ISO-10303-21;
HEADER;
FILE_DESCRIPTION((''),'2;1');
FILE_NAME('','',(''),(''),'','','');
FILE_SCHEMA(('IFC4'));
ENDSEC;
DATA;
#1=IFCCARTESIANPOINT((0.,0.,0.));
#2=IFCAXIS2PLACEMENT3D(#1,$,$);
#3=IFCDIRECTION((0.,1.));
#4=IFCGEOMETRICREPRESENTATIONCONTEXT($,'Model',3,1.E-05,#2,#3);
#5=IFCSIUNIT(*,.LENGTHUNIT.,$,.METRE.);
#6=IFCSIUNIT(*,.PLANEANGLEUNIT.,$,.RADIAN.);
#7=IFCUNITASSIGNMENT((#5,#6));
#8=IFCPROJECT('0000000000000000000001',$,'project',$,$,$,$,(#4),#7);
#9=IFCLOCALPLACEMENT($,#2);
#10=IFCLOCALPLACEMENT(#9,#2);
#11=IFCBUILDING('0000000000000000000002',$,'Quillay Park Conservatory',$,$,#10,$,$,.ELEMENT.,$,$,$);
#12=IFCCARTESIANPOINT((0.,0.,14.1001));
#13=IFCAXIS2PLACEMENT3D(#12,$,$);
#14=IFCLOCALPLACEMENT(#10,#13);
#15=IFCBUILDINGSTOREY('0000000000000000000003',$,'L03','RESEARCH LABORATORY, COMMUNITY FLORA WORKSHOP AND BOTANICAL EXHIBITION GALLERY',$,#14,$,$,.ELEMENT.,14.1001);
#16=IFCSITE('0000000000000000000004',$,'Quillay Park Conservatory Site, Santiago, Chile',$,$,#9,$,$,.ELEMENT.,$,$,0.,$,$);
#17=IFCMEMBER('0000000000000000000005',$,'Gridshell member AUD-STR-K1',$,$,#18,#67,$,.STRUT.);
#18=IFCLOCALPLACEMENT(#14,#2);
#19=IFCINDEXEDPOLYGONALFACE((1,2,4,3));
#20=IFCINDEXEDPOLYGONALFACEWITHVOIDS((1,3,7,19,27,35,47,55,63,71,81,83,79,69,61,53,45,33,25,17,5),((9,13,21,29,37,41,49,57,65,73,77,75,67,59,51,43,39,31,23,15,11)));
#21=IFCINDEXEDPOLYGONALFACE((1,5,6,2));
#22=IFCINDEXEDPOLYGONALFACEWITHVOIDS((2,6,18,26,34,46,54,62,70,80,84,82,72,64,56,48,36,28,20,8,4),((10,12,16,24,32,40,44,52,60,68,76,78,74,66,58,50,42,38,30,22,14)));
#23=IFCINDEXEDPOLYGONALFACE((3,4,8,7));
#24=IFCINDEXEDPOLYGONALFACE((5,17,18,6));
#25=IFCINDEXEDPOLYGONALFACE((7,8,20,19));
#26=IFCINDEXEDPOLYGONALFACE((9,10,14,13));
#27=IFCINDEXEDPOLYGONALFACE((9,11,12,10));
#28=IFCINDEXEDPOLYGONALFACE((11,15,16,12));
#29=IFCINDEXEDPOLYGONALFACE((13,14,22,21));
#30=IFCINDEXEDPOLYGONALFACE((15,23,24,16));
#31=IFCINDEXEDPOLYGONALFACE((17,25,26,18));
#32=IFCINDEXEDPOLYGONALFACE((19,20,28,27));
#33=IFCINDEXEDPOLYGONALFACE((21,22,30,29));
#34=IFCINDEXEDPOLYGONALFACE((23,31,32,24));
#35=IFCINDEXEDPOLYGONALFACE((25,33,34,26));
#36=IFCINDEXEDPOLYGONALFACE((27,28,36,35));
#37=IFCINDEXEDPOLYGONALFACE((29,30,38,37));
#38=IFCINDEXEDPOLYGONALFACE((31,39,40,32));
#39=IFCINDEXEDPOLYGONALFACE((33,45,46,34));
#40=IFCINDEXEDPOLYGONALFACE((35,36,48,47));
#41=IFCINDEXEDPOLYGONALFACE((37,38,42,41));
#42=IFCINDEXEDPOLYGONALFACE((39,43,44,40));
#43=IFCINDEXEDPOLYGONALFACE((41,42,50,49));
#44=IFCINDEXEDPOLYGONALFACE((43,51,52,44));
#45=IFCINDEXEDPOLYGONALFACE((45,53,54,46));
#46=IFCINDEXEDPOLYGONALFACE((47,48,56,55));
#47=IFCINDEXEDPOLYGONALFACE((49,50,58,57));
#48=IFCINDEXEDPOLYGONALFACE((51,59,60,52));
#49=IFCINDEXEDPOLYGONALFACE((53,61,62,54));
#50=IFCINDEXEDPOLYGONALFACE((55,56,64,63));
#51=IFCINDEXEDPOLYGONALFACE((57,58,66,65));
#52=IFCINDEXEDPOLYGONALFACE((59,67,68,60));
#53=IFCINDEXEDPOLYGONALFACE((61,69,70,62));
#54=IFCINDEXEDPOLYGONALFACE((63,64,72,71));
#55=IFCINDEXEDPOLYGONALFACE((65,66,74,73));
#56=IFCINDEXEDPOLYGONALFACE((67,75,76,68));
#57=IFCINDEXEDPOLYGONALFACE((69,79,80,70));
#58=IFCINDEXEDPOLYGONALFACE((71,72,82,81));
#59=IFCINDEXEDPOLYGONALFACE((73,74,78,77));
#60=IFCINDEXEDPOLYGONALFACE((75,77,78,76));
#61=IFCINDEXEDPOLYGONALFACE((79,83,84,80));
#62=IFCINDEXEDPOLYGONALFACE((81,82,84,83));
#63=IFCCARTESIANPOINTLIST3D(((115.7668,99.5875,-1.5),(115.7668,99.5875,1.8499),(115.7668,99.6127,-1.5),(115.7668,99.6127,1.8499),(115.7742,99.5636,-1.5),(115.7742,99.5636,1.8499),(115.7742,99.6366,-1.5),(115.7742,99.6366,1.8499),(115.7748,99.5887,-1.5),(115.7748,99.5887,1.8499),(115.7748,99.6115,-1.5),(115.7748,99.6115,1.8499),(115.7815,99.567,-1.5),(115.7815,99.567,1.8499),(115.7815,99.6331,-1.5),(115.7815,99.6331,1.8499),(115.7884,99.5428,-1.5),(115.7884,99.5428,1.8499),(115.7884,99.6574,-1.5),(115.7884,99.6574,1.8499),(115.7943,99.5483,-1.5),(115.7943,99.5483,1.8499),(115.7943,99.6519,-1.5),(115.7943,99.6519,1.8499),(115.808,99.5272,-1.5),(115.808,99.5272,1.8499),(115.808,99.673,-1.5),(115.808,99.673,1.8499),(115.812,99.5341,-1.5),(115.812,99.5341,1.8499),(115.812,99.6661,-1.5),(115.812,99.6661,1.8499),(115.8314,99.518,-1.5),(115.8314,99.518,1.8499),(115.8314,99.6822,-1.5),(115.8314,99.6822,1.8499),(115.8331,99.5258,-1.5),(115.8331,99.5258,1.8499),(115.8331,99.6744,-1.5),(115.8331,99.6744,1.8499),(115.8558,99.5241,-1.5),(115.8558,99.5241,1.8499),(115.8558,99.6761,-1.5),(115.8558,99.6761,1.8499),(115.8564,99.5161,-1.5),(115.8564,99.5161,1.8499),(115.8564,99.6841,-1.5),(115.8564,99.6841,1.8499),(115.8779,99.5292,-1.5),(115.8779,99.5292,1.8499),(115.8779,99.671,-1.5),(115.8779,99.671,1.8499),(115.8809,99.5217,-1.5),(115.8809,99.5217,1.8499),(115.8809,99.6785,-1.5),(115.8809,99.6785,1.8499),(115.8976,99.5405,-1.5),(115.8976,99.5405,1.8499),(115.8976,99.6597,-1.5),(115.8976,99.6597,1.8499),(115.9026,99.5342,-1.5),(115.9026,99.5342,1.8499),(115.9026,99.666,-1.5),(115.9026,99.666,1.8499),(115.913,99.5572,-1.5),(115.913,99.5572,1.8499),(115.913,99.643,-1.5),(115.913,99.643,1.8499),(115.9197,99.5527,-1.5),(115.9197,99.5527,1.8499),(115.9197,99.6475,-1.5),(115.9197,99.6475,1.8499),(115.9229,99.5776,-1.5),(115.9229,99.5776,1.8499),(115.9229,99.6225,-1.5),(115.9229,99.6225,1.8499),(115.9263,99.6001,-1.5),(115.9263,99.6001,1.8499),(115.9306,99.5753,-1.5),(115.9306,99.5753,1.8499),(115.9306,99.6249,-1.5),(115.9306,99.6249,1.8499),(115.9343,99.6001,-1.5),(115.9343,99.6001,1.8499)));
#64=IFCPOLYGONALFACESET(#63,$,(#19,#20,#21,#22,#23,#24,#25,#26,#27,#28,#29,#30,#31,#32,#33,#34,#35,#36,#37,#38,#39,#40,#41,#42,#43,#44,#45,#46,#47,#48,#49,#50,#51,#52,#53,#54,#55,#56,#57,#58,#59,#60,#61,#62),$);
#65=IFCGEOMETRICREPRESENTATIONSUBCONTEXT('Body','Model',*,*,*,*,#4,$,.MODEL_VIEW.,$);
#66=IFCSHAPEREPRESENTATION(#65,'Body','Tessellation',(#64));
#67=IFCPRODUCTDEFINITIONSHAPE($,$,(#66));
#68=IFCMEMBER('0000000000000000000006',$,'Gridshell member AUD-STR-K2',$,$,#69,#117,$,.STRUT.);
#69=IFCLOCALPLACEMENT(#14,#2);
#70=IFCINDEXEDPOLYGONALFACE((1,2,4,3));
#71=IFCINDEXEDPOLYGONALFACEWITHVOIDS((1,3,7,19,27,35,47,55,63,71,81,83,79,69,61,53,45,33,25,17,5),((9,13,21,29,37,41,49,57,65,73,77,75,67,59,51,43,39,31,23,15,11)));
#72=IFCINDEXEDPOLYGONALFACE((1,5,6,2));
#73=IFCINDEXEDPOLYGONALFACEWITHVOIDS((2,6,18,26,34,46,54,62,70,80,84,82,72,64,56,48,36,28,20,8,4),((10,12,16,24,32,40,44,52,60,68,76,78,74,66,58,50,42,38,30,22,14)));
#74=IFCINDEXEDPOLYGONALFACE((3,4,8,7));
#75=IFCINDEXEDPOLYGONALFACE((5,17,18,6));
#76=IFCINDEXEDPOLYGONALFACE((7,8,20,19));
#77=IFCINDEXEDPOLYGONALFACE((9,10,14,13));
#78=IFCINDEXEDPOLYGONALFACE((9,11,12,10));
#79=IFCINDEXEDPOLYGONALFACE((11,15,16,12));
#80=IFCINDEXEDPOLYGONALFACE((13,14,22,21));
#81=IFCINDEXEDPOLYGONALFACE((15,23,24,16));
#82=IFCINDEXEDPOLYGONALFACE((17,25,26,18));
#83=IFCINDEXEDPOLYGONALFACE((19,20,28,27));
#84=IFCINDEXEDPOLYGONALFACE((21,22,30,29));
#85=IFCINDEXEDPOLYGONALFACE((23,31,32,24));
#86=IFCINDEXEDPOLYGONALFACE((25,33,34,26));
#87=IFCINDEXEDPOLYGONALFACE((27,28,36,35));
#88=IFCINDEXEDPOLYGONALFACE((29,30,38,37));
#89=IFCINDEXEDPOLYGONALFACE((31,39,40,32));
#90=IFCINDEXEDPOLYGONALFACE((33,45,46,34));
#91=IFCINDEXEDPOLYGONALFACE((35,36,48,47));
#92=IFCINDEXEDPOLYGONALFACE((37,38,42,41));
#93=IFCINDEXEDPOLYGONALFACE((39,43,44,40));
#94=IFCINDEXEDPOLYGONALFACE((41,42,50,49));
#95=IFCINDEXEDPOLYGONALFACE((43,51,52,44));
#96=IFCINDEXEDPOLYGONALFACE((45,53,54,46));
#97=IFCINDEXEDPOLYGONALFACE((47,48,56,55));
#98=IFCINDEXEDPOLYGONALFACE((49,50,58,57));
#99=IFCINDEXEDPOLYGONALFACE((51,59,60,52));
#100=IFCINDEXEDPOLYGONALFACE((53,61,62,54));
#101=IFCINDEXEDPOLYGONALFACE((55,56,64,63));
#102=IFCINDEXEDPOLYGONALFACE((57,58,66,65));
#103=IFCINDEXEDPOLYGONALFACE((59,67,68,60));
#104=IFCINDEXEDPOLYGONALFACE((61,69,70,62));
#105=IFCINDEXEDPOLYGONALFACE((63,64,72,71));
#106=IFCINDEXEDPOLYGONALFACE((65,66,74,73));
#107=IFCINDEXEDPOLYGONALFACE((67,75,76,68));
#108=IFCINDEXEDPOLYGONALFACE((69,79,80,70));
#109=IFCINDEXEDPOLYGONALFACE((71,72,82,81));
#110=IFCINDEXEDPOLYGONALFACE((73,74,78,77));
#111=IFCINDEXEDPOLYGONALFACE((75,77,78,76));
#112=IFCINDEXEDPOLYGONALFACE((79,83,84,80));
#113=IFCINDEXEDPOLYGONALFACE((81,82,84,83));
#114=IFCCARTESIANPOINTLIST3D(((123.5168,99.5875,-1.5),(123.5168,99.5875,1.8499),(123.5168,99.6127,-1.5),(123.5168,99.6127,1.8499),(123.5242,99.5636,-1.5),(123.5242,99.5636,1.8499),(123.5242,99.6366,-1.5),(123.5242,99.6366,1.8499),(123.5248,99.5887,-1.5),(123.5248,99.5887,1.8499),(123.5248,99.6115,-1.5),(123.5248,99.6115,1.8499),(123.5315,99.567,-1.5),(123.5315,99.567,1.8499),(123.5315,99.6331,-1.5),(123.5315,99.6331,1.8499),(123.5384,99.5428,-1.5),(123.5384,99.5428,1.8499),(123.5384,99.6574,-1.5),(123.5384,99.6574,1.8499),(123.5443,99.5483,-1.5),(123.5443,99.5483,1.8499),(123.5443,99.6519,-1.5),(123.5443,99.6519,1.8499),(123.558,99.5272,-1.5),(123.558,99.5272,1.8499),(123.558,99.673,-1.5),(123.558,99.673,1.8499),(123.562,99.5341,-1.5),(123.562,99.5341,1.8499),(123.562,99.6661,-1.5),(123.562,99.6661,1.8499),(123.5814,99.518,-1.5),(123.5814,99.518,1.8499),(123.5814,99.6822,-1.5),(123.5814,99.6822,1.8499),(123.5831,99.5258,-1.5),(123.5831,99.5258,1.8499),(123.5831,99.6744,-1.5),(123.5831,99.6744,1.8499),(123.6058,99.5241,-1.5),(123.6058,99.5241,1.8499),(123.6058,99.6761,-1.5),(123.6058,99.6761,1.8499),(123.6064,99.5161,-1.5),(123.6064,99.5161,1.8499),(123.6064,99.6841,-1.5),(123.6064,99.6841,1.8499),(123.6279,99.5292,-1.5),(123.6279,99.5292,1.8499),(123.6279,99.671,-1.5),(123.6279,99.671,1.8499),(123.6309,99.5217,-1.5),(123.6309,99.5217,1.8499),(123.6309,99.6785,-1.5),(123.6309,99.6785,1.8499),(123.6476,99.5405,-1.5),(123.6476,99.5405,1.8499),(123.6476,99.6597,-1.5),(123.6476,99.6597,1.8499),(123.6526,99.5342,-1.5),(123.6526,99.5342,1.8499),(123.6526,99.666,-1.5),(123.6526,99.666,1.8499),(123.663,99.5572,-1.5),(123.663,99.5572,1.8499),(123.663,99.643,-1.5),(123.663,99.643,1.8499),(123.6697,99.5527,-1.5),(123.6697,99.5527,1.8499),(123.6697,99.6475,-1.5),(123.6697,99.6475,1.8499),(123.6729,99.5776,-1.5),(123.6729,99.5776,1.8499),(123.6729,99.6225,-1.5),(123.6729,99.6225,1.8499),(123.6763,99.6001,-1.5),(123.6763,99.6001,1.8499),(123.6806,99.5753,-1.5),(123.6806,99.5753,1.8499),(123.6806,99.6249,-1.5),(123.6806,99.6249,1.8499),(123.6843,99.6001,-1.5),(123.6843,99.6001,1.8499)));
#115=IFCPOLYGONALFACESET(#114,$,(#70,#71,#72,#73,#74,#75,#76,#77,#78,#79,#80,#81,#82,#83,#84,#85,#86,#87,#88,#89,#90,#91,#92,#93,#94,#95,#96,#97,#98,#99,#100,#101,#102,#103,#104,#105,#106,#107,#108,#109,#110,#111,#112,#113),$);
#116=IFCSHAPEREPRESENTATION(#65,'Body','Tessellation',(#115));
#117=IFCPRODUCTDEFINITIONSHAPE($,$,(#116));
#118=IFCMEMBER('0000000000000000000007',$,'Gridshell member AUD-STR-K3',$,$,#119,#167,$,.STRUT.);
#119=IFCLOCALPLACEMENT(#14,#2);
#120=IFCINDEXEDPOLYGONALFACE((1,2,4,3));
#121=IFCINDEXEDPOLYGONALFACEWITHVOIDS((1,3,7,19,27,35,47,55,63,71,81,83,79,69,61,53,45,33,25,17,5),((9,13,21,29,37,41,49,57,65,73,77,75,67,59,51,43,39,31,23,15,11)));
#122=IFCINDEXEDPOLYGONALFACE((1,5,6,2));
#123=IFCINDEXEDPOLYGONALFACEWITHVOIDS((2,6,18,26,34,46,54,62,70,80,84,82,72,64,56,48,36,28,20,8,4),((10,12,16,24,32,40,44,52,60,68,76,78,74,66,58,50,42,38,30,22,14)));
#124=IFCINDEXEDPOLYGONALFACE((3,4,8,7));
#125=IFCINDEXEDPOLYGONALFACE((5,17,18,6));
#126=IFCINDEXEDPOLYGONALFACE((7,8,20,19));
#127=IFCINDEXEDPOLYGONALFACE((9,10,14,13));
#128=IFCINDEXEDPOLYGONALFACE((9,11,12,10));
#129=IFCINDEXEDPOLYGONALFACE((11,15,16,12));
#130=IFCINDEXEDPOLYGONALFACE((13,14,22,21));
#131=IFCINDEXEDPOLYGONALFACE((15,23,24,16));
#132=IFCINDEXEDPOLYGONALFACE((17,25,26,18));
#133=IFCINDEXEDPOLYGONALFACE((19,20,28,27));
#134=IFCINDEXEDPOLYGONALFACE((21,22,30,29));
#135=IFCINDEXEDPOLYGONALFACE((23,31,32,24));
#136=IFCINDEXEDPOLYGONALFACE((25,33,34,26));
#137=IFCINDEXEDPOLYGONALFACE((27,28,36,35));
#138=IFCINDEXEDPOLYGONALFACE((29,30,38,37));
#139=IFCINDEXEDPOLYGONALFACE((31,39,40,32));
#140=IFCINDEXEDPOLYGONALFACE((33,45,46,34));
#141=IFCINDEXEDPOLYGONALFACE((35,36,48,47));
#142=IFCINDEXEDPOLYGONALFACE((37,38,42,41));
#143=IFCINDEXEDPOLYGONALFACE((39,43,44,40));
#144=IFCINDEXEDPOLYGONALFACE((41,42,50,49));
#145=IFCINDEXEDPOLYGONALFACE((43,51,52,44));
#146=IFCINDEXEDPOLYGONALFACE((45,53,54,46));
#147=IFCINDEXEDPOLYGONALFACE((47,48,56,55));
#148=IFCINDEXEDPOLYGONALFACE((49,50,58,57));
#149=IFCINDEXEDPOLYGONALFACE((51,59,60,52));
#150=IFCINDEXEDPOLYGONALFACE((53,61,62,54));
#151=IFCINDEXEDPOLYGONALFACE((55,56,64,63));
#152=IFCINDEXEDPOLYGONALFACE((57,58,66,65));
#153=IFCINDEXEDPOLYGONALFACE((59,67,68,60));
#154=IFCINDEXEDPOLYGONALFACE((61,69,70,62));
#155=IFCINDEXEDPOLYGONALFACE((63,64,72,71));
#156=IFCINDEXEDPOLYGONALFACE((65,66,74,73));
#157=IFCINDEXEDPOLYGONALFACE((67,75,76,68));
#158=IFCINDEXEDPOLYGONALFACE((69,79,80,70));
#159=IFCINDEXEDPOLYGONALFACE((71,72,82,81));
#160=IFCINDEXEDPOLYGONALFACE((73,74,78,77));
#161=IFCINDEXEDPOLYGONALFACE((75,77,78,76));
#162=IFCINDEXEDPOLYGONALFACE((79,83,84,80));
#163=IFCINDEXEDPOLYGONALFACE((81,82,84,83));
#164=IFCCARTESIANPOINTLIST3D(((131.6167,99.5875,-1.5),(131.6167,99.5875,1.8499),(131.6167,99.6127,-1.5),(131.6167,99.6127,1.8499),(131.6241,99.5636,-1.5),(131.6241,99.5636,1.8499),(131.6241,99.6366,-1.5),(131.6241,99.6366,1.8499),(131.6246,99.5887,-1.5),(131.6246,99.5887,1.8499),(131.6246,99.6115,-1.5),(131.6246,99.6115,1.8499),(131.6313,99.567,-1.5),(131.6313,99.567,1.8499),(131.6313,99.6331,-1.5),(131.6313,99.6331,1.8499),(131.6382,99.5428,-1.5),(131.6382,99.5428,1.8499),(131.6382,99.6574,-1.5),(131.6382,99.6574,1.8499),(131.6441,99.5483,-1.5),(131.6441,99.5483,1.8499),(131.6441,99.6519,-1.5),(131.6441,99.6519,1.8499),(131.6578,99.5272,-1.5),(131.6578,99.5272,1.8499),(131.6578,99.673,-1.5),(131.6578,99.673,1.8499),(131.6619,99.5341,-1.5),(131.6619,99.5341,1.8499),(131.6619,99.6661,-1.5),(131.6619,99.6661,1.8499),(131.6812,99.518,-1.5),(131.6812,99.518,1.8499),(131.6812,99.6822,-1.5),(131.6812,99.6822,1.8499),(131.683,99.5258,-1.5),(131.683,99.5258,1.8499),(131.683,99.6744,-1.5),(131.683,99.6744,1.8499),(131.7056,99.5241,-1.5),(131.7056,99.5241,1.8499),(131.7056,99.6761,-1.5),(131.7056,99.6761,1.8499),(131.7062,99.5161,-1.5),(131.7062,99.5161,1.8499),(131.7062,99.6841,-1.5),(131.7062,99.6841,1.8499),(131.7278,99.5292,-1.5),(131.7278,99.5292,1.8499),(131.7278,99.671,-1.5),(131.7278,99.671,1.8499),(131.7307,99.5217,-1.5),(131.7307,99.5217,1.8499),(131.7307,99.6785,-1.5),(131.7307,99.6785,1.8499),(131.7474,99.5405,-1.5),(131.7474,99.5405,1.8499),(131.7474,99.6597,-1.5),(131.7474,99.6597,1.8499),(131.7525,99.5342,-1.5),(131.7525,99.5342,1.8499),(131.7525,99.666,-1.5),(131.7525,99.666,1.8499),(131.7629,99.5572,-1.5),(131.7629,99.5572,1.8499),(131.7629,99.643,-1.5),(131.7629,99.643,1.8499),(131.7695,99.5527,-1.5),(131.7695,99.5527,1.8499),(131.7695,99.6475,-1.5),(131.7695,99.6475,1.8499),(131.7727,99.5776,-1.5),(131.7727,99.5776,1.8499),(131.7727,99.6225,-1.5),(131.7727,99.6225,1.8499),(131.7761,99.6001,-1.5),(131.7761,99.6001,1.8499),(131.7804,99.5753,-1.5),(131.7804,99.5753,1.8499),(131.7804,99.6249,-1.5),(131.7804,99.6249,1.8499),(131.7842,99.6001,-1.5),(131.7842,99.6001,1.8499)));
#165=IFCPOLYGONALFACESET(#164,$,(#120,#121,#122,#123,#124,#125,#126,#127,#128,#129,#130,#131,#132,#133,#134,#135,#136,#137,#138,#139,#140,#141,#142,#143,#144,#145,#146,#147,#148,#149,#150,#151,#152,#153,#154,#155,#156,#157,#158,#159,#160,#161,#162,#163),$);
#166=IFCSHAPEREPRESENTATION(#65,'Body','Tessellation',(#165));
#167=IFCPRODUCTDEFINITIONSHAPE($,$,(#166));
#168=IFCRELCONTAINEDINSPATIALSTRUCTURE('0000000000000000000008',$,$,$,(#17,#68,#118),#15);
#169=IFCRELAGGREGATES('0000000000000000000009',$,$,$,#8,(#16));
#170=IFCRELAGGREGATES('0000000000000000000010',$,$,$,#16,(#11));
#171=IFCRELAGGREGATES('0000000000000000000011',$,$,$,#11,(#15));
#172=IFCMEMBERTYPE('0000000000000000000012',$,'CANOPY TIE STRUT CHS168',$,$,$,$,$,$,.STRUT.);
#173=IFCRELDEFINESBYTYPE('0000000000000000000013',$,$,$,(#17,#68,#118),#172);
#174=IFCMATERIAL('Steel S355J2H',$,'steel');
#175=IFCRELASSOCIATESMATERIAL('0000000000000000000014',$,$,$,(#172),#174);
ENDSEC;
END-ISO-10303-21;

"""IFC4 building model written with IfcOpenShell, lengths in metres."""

from ifc_helpers import new_model, si_unit, direction, frame, origin, origin_2d, place, context, subcontext, project, spatial, hollow_circle, extrude, material, material_profile, profile_set, type_object, element, save


model = new_model("IFC4")

# Units and contexts
model_context = context("Model", 3, precision=1e-05, world=origin(), true_north=direction((0.0, 1.0)))
body_context = subcontext(model_context, "Body", "Model", "MODEL_VIEW")
ifc_project = project(units=[si_unit("LENGTHUNIT", "METRE"), si_unit("PLANEANGLEUNIT", "RADIAN")], contexts=[model_context])

# Site, building, storey
site_placement = place(None, origin())
site = spatial("IfcSite", under=ifc_project, at=site_placement, Name="Quillay Park Conservatory Site, Santiago, Chile", CompositionType="ELEMENT", RefElevation=0.0)
building_placement = place(site_placement, origin())
building = spatial("IfcBuilding", under=site, at=building_placement, Name="Quillay Park Conservatory", CompositionType="ELEMENT")
storey_placement = place(building_placement, frame((0.0, 0.0, 14.1001)))
storey = spatial("IfcBuildingStorey", under=building, at=storey_placement, Name="L03", Description="RESEARCH LABORATORY, COMMUNITY FLORA WORKSHOP AND BOTANICAL EXHIBITION GALLERY", CompositionType="ELEMENT", Elevation=14.1001)

# Members
ifc_material_1 = material(Name="Steel S355J2H", Category="steel")
ifc_material_profile_1 = material_profile(ifc_material_1, hollow_circle(Radius=0.0842, WallThickness=0.0081, at=origin_2d()), Name="CHS168.3x8")
ifc_profile_set_1 = profile_set([ifc_material_profile_1], Name="Steel S355J2H")
member_type_1 = type_object("IfcMemberType", Name="CANOPY TIE STRUT CHS168", PredefinedType="STRUT", material=ifc_profile_set_1)
for number, where, z_axis, x_axis, name in (
    (1, (115.8501, 99.6001, -1.5), (0.0, 0.0, 1.0), (1.0, 0.0, 0.0), "Gridshell member AUD-STR-K1"),
    (2, (123.6001, 99.6001, -1.5), (0.0, 0.0, 1.0), (1.0, 0.0, 0.0), "Gridshell member AUD-STR-K2"),
    (3, (131.7, 99.6001, -1.5), (0.0, 0.0, 1.0), (1.0, 0.0, 0.0), "Gridshell member AUD-STR-K3"),
):
    element("IfcMember", number, at=place(storey_placement, frame(where, z_axis=z_axis, x_axis=x_axis)), inside=storey, type_object=member_type_1, Name=name, PredefinedType="STRUT", context=body_context, shape_type="SweptSolid", body=[
        extrude(hollow_circle(Radius=0.0842, WallThickness=0.0081, at=origin_2d()), origin(), (0.0, 0.0, 1.0), 3.3499),
    ])

save(model, "model.ifc")
